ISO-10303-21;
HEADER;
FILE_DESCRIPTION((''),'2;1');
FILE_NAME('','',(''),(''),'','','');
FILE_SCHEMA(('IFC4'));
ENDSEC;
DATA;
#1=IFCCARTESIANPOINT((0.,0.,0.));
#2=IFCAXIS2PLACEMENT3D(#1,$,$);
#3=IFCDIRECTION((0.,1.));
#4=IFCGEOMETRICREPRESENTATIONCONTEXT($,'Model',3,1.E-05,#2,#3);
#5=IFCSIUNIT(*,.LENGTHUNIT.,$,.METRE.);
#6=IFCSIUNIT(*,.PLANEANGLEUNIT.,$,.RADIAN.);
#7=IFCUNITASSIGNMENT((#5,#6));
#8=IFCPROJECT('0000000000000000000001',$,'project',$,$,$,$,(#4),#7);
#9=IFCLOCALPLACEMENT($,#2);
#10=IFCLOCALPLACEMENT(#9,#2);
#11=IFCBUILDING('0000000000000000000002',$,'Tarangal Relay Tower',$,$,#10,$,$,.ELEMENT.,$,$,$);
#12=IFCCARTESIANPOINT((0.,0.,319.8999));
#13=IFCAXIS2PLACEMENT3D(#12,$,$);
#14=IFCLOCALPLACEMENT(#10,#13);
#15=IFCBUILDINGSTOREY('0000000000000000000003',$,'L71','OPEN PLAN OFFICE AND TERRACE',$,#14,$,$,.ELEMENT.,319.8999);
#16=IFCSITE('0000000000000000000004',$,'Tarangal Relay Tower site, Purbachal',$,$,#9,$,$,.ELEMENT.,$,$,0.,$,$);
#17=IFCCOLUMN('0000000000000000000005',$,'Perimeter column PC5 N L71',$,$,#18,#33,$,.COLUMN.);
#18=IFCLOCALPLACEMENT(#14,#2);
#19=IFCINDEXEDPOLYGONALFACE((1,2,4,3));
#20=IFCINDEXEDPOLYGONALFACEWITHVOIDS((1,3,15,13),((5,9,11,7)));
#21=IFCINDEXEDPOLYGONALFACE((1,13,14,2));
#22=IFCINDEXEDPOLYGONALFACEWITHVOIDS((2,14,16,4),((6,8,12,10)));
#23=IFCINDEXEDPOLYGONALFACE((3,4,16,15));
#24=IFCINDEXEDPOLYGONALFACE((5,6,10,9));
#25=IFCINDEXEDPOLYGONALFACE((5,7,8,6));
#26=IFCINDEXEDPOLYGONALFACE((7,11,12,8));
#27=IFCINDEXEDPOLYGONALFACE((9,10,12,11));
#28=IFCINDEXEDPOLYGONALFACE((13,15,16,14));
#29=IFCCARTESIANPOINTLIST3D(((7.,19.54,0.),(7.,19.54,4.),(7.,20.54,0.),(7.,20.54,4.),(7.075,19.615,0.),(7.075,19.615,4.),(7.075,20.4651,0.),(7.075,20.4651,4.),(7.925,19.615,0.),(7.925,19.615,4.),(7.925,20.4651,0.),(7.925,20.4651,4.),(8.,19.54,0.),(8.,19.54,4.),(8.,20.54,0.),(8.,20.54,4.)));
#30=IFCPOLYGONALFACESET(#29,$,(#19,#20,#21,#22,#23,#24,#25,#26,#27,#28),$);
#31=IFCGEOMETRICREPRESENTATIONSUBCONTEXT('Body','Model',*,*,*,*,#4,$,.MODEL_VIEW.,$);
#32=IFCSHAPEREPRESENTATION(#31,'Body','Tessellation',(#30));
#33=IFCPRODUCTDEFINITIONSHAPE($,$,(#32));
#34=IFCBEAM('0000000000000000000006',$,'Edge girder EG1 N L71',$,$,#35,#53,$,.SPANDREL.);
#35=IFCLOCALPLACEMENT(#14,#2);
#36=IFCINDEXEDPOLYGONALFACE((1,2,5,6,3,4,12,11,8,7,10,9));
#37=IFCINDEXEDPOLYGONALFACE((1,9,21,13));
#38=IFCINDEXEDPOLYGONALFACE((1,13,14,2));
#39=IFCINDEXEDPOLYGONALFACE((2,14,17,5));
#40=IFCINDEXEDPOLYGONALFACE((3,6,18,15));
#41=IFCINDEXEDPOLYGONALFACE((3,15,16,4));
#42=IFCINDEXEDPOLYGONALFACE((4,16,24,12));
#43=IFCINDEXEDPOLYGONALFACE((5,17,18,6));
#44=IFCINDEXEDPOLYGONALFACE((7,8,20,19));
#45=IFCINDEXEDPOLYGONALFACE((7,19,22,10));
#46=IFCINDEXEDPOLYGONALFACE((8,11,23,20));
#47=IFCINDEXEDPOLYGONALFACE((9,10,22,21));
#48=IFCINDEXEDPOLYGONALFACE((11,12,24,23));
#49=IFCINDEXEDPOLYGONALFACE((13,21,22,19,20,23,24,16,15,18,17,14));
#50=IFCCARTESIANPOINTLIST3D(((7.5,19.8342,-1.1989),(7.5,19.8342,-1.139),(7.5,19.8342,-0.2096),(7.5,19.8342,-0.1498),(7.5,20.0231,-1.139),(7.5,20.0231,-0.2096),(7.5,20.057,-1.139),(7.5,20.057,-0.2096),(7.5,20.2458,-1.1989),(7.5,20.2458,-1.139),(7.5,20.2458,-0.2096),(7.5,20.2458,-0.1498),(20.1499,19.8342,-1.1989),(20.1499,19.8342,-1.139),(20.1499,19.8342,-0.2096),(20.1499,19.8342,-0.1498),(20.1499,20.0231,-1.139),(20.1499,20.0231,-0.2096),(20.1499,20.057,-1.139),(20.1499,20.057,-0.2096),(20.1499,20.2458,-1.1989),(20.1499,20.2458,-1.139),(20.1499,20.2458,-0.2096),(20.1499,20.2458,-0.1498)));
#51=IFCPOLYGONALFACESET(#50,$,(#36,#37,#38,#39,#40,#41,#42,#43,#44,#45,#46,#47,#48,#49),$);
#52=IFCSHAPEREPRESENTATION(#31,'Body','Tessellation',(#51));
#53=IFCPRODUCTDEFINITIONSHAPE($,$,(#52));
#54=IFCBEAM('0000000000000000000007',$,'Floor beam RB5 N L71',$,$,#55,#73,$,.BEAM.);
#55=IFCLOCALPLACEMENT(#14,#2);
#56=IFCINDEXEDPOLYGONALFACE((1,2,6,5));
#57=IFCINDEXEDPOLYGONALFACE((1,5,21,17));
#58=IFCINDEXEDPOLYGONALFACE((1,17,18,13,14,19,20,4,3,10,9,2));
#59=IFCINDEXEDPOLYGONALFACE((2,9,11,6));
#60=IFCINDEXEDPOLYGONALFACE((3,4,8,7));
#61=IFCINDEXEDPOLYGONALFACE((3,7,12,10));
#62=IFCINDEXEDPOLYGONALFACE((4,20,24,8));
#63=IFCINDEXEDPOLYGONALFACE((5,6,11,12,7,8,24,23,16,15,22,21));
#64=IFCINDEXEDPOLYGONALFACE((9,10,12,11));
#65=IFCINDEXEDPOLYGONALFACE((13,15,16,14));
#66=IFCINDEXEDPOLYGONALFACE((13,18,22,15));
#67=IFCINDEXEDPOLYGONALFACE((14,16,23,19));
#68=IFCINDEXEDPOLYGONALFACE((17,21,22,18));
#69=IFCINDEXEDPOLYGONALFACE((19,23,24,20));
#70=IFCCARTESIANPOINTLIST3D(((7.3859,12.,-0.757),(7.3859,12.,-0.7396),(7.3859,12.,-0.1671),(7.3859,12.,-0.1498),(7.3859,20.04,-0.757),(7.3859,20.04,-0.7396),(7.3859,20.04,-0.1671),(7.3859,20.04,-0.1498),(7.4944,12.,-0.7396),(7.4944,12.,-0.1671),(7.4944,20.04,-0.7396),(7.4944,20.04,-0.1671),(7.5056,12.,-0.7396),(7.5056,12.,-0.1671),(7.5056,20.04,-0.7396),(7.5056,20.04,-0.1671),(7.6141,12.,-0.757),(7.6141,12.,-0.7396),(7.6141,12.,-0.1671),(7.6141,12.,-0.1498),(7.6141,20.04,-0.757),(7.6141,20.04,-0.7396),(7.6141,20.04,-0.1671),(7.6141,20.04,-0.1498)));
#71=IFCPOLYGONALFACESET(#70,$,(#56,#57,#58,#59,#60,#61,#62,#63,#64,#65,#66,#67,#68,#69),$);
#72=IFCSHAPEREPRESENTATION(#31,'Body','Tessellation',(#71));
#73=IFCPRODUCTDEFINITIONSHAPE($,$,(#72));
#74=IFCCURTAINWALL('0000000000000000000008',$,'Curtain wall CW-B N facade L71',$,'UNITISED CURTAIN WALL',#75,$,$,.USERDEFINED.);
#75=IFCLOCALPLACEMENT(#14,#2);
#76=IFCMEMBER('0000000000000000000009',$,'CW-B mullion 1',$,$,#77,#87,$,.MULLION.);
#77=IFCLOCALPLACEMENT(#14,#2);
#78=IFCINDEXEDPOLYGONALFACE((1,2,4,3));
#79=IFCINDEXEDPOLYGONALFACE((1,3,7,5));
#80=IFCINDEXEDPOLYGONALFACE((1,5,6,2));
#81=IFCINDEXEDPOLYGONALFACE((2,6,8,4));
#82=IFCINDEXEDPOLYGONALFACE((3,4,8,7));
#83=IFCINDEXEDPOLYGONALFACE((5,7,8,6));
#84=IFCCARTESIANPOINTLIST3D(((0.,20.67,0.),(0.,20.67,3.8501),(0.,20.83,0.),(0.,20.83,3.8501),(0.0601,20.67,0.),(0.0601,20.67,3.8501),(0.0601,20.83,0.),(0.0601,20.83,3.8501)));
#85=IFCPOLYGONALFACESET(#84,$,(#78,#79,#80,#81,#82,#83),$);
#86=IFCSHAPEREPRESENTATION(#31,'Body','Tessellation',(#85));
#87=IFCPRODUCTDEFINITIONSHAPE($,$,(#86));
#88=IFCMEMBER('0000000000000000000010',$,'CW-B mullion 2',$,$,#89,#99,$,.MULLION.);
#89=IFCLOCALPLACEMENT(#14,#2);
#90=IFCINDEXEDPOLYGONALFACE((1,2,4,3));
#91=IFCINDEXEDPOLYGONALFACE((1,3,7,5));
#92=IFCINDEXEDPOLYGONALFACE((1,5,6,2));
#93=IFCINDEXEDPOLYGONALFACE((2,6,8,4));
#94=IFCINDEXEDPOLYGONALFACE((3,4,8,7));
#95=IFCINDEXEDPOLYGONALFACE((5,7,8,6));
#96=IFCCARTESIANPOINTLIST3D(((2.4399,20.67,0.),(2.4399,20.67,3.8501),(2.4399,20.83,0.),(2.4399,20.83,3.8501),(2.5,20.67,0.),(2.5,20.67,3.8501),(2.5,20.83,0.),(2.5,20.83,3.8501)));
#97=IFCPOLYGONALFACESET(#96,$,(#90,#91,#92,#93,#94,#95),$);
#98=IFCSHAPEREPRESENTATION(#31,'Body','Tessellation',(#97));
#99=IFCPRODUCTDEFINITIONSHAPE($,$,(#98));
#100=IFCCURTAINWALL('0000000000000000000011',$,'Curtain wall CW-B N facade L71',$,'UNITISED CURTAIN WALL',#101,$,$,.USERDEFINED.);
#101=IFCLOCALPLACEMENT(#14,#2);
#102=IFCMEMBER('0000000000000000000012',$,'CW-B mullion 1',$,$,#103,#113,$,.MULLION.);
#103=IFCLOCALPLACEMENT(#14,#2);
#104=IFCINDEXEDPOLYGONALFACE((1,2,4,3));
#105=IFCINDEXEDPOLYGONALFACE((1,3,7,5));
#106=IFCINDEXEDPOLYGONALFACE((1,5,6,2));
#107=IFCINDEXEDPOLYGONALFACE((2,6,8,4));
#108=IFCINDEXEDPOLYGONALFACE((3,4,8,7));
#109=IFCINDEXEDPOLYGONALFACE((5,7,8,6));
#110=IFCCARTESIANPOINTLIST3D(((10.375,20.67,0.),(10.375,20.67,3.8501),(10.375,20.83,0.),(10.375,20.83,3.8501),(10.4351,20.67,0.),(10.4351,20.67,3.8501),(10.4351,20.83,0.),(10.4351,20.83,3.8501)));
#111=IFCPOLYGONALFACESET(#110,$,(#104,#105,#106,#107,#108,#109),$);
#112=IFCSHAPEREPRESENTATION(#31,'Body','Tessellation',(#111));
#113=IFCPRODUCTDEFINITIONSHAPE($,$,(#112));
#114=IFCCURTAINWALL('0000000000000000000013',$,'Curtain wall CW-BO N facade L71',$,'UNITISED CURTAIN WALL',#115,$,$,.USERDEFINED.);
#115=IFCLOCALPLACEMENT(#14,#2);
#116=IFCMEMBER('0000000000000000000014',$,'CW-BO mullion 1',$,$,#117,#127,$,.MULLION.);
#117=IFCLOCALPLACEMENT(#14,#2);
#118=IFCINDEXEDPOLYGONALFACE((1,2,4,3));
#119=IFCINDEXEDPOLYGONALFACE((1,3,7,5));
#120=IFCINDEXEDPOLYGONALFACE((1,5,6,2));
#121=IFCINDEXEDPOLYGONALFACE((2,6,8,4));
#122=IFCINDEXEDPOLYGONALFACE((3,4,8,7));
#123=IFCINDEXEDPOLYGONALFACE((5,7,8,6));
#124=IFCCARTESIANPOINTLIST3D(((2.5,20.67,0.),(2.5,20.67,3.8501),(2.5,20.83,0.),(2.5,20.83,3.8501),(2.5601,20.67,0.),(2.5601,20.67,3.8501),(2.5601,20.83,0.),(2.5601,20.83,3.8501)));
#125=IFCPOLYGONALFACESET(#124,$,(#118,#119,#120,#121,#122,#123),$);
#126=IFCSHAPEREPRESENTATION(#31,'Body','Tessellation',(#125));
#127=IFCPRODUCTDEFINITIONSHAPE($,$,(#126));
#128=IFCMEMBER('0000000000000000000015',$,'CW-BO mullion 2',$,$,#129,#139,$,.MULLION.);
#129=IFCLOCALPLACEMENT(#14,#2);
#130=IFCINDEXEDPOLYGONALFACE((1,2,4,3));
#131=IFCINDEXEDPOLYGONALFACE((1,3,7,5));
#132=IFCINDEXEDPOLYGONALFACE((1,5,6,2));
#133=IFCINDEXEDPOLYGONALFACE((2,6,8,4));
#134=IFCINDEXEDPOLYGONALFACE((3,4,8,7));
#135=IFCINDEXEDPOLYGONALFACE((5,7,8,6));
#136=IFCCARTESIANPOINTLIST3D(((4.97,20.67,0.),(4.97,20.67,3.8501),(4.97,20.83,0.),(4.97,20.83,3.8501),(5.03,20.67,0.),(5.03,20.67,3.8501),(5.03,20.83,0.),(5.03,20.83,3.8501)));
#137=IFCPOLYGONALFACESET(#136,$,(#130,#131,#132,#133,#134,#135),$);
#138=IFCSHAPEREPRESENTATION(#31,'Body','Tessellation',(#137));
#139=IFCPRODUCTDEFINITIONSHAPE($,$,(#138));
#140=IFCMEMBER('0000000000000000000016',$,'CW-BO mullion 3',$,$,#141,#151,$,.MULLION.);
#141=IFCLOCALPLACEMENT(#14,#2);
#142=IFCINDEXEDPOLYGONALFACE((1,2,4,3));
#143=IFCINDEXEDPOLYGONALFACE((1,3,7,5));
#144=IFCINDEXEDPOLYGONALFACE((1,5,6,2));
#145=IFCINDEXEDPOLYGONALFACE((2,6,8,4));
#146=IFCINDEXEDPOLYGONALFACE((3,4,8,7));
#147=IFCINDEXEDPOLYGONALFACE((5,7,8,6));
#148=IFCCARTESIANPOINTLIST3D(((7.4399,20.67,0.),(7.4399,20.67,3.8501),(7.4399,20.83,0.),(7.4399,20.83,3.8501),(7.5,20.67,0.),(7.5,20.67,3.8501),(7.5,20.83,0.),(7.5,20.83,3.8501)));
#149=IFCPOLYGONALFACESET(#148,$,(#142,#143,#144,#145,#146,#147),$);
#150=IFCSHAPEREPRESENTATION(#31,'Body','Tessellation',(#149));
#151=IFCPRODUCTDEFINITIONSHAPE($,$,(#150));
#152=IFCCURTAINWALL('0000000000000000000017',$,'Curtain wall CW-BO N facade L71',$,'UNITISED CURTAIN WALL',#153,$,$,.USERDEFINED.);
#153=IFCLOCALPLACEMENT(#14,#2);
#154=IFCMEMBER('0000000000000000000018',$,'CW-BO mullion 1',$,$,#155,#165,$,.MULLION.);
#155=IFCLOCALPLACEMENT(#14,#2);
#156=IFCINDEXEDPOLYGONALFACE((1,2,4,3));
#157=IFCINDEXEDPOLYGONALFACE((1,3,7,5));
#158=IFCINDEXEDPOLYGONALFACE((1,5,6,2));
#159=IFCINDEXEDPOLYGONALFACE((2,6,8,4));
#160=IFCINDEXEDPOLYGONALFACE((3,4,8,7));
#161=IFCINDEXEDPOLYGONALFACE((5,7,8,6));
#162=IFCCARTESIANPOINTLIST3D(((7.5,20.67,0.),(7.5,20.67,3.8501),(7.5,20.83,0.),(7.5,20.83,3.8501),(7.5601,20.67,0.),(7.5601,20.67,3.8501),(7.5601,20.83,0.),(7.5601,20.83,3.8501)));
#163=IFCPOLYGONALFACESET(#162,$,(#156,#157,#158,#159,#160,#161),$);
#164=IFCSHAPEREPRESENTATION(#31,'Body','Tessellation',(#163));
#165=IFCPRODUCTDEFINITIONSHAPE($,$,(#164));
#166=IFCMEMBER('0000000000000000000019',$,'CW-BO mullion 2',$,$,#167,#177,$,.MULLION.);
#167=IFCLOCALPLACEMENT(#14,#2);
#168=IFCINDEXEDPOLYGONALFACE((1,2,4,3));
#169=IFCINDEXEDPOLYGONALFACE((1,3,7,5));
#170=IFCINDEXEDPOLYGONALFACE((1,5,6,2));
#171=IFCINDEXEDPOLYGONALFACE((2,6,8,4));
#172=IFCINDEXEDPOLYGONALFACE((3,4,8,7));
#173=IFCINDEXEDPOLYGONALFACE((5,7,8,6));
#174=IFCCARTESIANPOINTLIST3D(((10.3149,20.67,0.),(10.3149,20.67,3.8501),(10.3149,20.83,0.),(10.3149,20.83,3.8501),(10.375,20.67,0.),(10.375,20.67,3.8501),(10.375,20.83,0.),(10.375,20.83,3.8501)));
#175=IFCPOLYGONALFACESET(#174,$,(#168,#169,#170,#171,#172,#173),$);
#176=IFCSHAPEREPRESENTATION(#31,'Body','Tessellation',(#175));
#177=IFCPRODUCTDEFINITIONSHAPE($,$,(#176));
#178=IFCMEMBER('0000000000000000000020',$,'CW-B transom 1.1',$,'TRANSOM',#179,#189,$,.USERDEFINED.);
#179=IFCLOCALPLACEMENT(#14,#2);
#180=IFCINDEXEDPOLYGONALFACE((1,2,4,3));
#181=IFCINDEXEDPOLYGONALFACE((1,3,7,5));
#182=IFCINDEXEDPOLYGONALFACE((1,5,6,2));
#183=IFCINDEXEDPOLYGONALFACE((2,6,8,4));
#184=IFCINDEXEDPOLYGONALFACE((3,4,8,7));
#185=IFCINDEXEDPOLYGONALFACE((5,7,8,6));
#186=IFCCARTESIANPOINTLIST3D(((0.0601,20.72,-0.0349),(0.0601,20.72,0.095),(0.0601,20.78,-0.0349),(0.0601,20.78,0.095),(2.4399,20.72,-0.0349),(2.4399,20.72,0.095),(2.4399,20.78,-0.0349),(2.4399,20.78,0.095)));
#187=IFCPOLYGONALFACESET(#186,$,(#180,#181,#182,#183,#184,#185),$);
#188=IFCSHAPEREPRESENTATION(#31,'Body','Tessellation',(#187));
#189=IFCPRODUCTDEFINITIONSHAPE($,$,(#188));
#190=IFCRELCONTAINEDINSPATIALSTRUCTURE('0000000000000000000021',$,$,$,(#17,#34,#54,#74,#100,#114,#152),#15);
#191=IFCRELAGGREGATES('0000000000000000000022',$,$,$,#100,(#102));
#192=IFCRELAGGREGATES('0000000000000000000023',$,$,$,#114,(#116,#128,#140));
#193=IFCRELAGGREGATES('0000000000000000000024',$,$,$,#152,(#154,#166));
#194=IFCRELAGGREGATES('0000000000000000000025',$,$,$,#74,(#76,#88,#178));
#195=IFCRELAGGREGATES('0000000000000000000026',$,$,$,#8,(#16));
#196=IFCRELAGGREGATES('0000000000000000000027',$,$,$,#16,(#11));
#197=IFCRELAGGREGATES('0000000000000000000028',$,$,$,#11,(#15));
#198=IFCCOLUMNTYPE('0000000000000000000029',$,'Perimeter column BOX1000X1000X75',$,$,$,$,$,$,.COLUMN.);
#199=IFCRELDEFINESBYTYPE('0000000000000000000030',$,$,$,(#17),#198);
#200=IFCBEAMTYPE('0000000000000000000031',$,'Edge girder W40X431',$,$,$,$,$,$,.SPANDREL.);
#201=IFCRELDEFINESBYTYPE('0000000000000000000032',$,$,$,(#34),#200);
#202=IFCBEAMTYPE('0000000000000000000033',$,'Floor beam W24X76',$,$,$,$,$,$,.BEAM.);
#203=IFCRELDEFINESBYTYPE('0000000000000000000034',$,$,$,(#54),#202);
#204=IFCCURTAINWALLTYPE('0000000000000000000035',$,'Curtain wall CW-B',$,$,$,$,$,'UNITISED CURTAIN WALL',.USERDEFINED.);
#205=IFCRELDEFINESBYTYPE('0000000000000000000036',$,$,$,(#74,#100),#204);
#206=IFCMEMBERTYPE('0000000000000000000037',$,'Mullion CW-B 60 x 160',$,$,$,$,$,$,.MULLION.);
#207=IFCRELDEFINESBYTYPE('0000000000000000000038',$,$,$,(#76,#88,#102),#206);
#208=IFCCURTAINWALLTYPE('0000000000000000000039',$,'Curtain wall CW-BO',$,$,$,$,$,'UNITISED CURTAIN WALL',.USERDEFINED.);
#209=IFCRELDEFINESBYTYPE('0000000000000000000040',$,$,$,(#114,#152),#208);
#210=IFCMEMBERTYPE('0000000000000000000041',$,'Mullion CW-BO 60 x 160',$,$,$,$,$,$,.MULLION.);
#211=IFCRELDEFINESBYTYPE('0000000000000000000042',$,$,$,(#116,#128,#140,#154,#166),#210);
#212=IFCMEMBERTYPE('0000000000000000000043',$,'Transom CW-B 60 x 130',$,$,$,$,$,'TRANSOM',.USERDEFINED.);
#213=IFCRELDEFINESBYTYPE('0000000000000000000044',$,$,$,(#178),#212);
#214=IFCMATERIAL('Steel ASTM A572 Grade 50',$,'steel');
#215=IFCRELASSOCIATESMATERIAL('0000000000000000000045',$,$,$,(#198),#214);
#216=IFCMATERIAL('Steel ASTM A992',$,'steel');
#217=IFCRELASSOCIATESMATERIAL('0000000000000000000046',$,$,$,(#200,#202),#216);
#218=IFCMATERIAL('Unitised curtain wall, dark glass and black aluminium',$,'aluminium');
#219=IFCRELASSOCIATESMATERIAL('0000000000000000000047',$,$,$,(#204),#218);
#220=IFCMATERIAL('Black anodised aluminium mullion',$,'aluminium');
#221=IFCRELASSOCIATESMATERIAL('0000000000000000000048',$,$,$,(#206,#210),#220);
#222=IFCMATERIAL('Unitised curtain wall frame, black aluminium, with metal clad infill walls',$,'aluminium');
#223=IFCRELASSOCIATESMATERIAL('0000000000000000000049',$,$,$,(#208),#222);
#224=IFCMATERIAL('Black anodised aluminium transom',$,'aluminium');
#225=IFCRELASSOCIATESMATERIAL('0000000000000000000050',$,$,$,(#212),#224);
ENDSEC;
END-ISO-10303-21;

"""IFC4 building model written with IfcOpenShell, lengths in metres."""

from ifc_helpers import new_model, si_unit, direction, frame, origin, origin_2d, place, context, subcontext, project, spatial, rectangle, hollow_rectangle, i_section, extrude, material, material_profile, profile_set, type_object, element, aggregate, save


model = new_model("IFC4")

# Units and contexts
model_context = context("Model", 3, precision=1e-05, world=origin(), true_north=direction((0.0, 1.0)))
body_context = subcontext(model_context, "Body", "Model", "MODEL_VIEW")
ifc_project = project(units=[si_unit("LENGTHUNIT", "METRE"), si_unit("PLANEANGLEUNIT", "RADIAN")], contexts=[model_context])

# Site, building, storey
site_placement = place(None, origin())
site = spatial("IfcSite", under=ifc_project, at=site_placement, Name="Tarangal Relay Tower site, Purbachal", CompositionType="ELEMENT", RefElevation=0.0)
building_placement = place(site_placement, origin())
building = spatial("IfcBuilding", under=site, at=building_placement, Name="Tarangal Relay Tower", CompositionType="ELEMENT")
storey_placement = place(building_placement, frame((0.0, 0.0, 319.8999)))
storey = spatial("IfcBuildingStorey", under=building, at=storey_placement, Name="L71", Description="OPEN PLAN OFFICE AND TERRACE", CompositionType="ELEMENT", Elevation=319.8999)

# Column
ifc_material_1 = material(Name="Steel ASTM A572 Grade 50", Category="steel")
ifc_material_profile_1 = material_profile(ifc_material_1, hollow_rectangle(XDim=1.0, YDim=1.0, WallThickness=0.075, at=origin_2d()), Name="BOX1000X1000X75")
ifc_profile_set_1 = profile_set([ifc_material_profile_1], Name="Steel ASTM A572 Grade 50")
column_type = type_object("IfcColumnType", Name="Perimeter column BOX1000X1000X75", PredefinedType="COLUMN", material=ifc_profile_set_1)
column_placement = place(storey_placement, frame((7.5, 20.04, 0.0), z_axis=(0.0, 0.0, 1.0), x_axis=(1.0, 0.0, 0.0)))
element("IfcColumn", 1, at=column_placement, inside=storey, type_object=column_type, Name="Perimeter column PC5 N L71", PredefinedType="COLUMN", context=body_context, shape_type="SweptSolid", body=[
    extrude(hollow_rectangle(XDim=1.0, YDim=1.0, WallThickness=0.075, at=origin_2d()), origin(), (0.0, 0.0, 1.0), 4.0),
])

# Beams
ifc_material_2 = material(Name="Steel ASTM A992", Category="steel")
ifc_material_profile_2 = material_profile(ifc_material_2, i_section(OverallWidth=0.4116, OverallDepth=1.0491, WebThickness=0.0339, FlangeThickness=0.0598, at=origin_2d()), Name="W40X431")
ifc_profile_set_2 = profile_set([ifc_material_profile_2], Name="Steel ASTM A992")
beam_type_1 = type_object("IfcBeamType", Name="Edge girder W40X431", PredefinedType="SPANDREL", material=ifc_profile_set_2)
beam_1_placement = place(storey_placement, frame((7.5, 20.04, -0.6743), z_axis=(1.0, 0.0, 0.0), x_axis=(0.0, 1.0, 0.0)))
element("IfcBeam", 2, at=beam_1_placement, inside=storey, type_object=beam_type_1, Name="Edge girder EG1 N L71", PredefinedType="SPANDREL", context=body_context, shape_type="SweptSolid", body=[
    extrude(i_section(OverallWidth=0.4116, OverallDepth=1.0491, WebThickness=0.0339, FlangeThickness=0.0598, at=origin_2d()), origin(), (0.0, 0.0, 1.0), 12.6499),
])
ifc_material_profile_3 = material_profile(ifc_material_2, i_section(OverallWidth=0.2283, OverallDepth=0.6072, WebThickness=0.0112, FlangeThickness=0.0173, at=origin_2d()), Name="W24X76")
ifc_profile_set_3 = profile_set([ifc_material_profile_3], Name="Steel ASTM A992")
beam_type_2 = type_object("IfcBeamType", Name="Floor beam W24X76", PredefinedType="BEAM", material=ifc_profile_set_3)
beam_2_placement = place(storey_placement, frame((7.5, 12.0, -0.4534), z_axis=(0.0, 1.0, 0.0), x_axis=(-1.0, 0.0, 0.0)))
element("IfcBeam", 3, at=beam_2_placement, inside=storey, type_object=beam_type_2, Name="Floor beam RB5 N L71", PredefinedType="BEAM", context=body_context, shape_type="SweptSolid", body=[
    extrude(i_section(OverallWidth=0.2283, OverallDepth=0.6072, WebThickness=0.0112, FlangeThickness=0.0173, at=origin_2d()), origin(), (0.0, 0.0, 1.0), 8.04),
])

# Curtain wall, members
ifc_material_3 = material(Name="Unitised curtain wall, dark glass and black aluminium", Category="aluminium")
curtain_wall_type_1 = type_object("IfcCurtainWallType", Name="Curtain wall CW-B", ElementType="UNITISED CURTAIN WALL", PredefinedType="USERDEFINED", material=ifc_material_3)
curtain_wall_1_placement = place(storey_placement, origin())
curtain_wall_1 = element("IfcCurtainWall", 4, at=curtain_wall_1_placement, inside=storey, type_object=curtain_wall_type_1, Name="Curtain wall CW-B N facade L71", ObjectType="UNITISED CURTAIN WALL", PredefinedType="USERDEFINED")
ifc_material_4 = material(Name="Black anodised aluminium mullion", Category="aluminium")
ifc_material_profile_4 = material_profile(ifc_material_4, rectangle(XDim=0.1599, YDim=0.0601, at=origin_2d()), Name="CW-BM 60X160")
ifc_profile_set_4 = profile_set([ifc_material_profile_4], Name="Black anodised aluminium mullion")
member_type_1 = type_object("IfcMemberType", Name="Mullion CW-B 60 x 160", PredefinedType="MULLION", material=ifc_profile_set_4)
member_1_placement = place(storey_placement, frame((0.03, 20.75, 0.0), z_axis=(0.0, 0.0, 1.0), x_axis=(0.0, 1.0, 0.0)))
member_1 = element("IfcMember", 5, at=member_1_placement, type_object=member_type_1, Name="CW-B mullion 1", PredefinedType="MULLION", context=body_context, shape_type="SweptSolid", body=[
    extrude(rectangle(XDim=0.1599, YDim=0.0601, at=origin_2d()), origin(), (0.0, 0.0, 1.0), 3.8501),
])
member_2_placement = place(storey_placement, frame((2.47, 20.75, 0.0), z_axis=(0.0, 0.0, 1.0), x_axis=(0.0, 1.0, 0.0)))
member_2 = element("IfcMember", 6, at=member_2_placement, type_object=member_type_1, Name="CW-B mullion 2", PredefinedType="MULLION", context=body_context, shape_type="SweptSolid", body=[
    extrude(rectangle(XDim=0.1599, YDim=0.0601, at=origin_2d()), origin(), (0.0, 0.0, 1.0), 3.8501),
])

# Curtain wall, member
curtain_wall_2_placement = place(storey_placement, origin())
curtain_wall_2 = element("IfcCurtainWall", 7, at=curtain_wall_2_placement, inside=storey, type_object=curtain_wall_type_1, Name="Curtain wall CW-B N facade L71", ObjectType="UNITISED CURTAIN WALL", PredefinedType="USERDEFINED")
member_3_placement = place(storey_placement, frame((10.405, 20.75, 0.0), z_axis=(0.0, 0.0, 1.0), x_axis=(0.0, 1.0, 0.0)))
member_3 = element("IfcMember", 8, at=member_3_placement, type_object=member_type_1, Name="CW-B mullion 1", PredefinedType="MULLION", context=body_context, shape_type="SweptSolid", body=[
    extrude(rectangle(XDim=0.1599, YDim=0.0601, at=origin_2d()), origin(), (0.0, 0.0, 1.0), 3.8501),
])
aggregate(curtain_wall_2, [member_3])

# Curtain walls, members
ifc_material_5 = material(Name="Unitised curtain wall frame, black aluminium, with metal clad infill walls", Category="aluminium")
curtain_wall_type_2 = type_object("IfcCurtainWallType", Name="Curtain wall CW-BO", ElementType="UNITISED CURTAIN WALL", PredefinedType="USERDEFINED", material=ifc_material_5)
curtain_wall_3_placement = place(storey_placement, origin())
curtain_wall_3 = element("IfcCurtainWall", 9, at=curtain_wall_3_placement, inside=storey, type_object=curtain_wall_type_2, Name="Curtain wall CW-BO N facade L71", ObjectType="UNITISED CURTAIN WALL", PredefinedType="USERDEFINED")
ifc_material_profile_5 = material_profile(ifc_material_4, rectangle(XDim=0.1599, YDim=0.0601, at=origin_2d()), Name="CW-BOM 60X160")
ifc_profile_set_5 = profile_set([ifc_material_profile_5], Name="Black anodised aluminium mullion")
member_type_2 = type_object("IfcMemberType", Name="Mullion CW-BO 60 x 160", PredefinedType="MULLION", material=ifc_profile_set_5)
member_4_placement = place(storey_placement, frame((2.53, 20.75, 0.0), z_axis=(0.0, 0.0, 1.0), x_axis=(0.0, 1.0, 0.0)))
member_4 = element("IfcMember", 10, at=member_4_placement, type_object=member_type_2, Name="CW-BO mullion 1", PredefinedType="MULLION", context=body_context, shape_type="SweptSolid", body=[
    extrude(rectangle(XDim=0.1599, YDim=0.0601, at=origin_2d()), origin(), (0.0, 0.0, 1.0), 3.8501),
])
member_5_placement = place(storey_placement, frame((5.0, 20.75, 0.0), z_axis=(0.0, 0.0, 1.0), x_axis=(0.0, 1.0, 0.0)))
member_5 = element("IfcMember", 11, at=member_5_placement, type_object=member_type_2, Name="CW-BO mullion 2", PredefinedType="MULLION", context=body_context, shape_type="SweptSolid", body=[
    extrude(rectangle(XDim=0.1599, YDim=0.0601, at=origin_2d()), origin(), (0.0, 0.0, 1.0), 3.8501),
])
member_6_placement = place(storey_placement, frame((7.47, 20.75, 0.0), z_axis=(0.0, 0.0, 1.0), x_axis=(0.0, 1.0, 0.0)))
member_6 = element("IfcMember", 12, at=member_6_placement, type_object=member_type_2, Name="CW-BO mullion 3", PredefinedType="MULLION", context=body_context, shape_type="SweptSolid", body=[
    extrude(rectangle(XDim=0.1599, YDim=0.0601, at=origin_2d()), origin(), (0.0, 0.0, 1.0), 3.8501),
])
curtain_wall_4_placement = place(storey_placement, origin())
curtain_wall_4 = element("IfcCurtainWall", 13, at=curtain_wall_4_placement, inside=storey, type_object=curtain_wall_type_2, Name="Curtain wall CW-BO N facade L71", ObjectType="UNITISED CURTAIN WALL", PredefinedType="USERDEFINED")
member_7_placement = place(storey_placement, frame((7.53, 20.75, 0.0), z_axis=(0.0, 0.0, 1.0), x_axis=(0.0, 1.0, 0.0)))
member_7 = element("IfcMember", 14, at=member_7_placement, type_object=member_type_2, Name="CW-BO mullion 1", PredefinedType="MULLION", context=body_context, shape_type="SweptSolid", body=[
    extrude(rectangle(XDim=0.1599, YDim=0.0601, at=origin_2d()), origin(), (0.0, 0.0, 1.0), 3.8501),
])
member_8_placement = place(storey_placement, frame((10.345, 20.75, 0.0), z_axis=(0.0, 0.0, 1.0), x_axis=(0.0, 1.0, 0.0)))
member_8 = element("IfcMember", 15, at=member_8_placement, type_object=member_type_2, Name="CW-BO mullion 2", PredefinedType="MULLION", context=body_context, shape_type="SweptSolid", body=[
    extrude(rectangle(XDim=0.1599, YDim=0.0601, at=origin_2d()), origin(), (0.0, 0.0, 1.0), 3.8501),
])

# Member
ifc_material_6 = material(Name="Black anodised aluminium transom", Category="aluminium")
ifc_material_profile_6 = material_profile(ifc_material_6, rectangle(XDim=0.0601, YDim=0.1299, at=origin_2d()), Name="CW-BT 60X130")
ifc_profile_set_6 = profile_set([ifc_material_profile_6], Name="Black anodised aluminium transom")
member_type_3 = type_object("IfcMemberType", Name="Transom CW-B 60 x 130", ElementType="TRANSOM", PredefinedType="USERDEFINED", material=ifc_profile_set_6)
member_9_placement = place(storey_placement, frame((0.0601, 20.75, 0.03), z_axis=(1.0, 0.0, 0.0), x_axis=(0.0, 1.0, 0.0)))
member_9 = element("IfcMember", 16, at=member_9_placement, type_object=member_type_3, Name="CW-B transom 1.1", ObjectType="TRANSOM", PredefinedType="USERDEFINED", context=body_context, shape_type="SweptSolid", body=[
    extrude(rectangle(XDim=0.0601, YDim=0.1299, at=origin_2d()), origin(), (0.0, 0.0, 1.0), 2.3799),
])
aggregate(curtain_wall_3, [member_4, member_5, member_6])
aggregate(curtain_wall_4, [member_7, member_8])

aggregate(curtain_wall_1, [member_1, member_2, member_9])

save(model, "model.ifc")
